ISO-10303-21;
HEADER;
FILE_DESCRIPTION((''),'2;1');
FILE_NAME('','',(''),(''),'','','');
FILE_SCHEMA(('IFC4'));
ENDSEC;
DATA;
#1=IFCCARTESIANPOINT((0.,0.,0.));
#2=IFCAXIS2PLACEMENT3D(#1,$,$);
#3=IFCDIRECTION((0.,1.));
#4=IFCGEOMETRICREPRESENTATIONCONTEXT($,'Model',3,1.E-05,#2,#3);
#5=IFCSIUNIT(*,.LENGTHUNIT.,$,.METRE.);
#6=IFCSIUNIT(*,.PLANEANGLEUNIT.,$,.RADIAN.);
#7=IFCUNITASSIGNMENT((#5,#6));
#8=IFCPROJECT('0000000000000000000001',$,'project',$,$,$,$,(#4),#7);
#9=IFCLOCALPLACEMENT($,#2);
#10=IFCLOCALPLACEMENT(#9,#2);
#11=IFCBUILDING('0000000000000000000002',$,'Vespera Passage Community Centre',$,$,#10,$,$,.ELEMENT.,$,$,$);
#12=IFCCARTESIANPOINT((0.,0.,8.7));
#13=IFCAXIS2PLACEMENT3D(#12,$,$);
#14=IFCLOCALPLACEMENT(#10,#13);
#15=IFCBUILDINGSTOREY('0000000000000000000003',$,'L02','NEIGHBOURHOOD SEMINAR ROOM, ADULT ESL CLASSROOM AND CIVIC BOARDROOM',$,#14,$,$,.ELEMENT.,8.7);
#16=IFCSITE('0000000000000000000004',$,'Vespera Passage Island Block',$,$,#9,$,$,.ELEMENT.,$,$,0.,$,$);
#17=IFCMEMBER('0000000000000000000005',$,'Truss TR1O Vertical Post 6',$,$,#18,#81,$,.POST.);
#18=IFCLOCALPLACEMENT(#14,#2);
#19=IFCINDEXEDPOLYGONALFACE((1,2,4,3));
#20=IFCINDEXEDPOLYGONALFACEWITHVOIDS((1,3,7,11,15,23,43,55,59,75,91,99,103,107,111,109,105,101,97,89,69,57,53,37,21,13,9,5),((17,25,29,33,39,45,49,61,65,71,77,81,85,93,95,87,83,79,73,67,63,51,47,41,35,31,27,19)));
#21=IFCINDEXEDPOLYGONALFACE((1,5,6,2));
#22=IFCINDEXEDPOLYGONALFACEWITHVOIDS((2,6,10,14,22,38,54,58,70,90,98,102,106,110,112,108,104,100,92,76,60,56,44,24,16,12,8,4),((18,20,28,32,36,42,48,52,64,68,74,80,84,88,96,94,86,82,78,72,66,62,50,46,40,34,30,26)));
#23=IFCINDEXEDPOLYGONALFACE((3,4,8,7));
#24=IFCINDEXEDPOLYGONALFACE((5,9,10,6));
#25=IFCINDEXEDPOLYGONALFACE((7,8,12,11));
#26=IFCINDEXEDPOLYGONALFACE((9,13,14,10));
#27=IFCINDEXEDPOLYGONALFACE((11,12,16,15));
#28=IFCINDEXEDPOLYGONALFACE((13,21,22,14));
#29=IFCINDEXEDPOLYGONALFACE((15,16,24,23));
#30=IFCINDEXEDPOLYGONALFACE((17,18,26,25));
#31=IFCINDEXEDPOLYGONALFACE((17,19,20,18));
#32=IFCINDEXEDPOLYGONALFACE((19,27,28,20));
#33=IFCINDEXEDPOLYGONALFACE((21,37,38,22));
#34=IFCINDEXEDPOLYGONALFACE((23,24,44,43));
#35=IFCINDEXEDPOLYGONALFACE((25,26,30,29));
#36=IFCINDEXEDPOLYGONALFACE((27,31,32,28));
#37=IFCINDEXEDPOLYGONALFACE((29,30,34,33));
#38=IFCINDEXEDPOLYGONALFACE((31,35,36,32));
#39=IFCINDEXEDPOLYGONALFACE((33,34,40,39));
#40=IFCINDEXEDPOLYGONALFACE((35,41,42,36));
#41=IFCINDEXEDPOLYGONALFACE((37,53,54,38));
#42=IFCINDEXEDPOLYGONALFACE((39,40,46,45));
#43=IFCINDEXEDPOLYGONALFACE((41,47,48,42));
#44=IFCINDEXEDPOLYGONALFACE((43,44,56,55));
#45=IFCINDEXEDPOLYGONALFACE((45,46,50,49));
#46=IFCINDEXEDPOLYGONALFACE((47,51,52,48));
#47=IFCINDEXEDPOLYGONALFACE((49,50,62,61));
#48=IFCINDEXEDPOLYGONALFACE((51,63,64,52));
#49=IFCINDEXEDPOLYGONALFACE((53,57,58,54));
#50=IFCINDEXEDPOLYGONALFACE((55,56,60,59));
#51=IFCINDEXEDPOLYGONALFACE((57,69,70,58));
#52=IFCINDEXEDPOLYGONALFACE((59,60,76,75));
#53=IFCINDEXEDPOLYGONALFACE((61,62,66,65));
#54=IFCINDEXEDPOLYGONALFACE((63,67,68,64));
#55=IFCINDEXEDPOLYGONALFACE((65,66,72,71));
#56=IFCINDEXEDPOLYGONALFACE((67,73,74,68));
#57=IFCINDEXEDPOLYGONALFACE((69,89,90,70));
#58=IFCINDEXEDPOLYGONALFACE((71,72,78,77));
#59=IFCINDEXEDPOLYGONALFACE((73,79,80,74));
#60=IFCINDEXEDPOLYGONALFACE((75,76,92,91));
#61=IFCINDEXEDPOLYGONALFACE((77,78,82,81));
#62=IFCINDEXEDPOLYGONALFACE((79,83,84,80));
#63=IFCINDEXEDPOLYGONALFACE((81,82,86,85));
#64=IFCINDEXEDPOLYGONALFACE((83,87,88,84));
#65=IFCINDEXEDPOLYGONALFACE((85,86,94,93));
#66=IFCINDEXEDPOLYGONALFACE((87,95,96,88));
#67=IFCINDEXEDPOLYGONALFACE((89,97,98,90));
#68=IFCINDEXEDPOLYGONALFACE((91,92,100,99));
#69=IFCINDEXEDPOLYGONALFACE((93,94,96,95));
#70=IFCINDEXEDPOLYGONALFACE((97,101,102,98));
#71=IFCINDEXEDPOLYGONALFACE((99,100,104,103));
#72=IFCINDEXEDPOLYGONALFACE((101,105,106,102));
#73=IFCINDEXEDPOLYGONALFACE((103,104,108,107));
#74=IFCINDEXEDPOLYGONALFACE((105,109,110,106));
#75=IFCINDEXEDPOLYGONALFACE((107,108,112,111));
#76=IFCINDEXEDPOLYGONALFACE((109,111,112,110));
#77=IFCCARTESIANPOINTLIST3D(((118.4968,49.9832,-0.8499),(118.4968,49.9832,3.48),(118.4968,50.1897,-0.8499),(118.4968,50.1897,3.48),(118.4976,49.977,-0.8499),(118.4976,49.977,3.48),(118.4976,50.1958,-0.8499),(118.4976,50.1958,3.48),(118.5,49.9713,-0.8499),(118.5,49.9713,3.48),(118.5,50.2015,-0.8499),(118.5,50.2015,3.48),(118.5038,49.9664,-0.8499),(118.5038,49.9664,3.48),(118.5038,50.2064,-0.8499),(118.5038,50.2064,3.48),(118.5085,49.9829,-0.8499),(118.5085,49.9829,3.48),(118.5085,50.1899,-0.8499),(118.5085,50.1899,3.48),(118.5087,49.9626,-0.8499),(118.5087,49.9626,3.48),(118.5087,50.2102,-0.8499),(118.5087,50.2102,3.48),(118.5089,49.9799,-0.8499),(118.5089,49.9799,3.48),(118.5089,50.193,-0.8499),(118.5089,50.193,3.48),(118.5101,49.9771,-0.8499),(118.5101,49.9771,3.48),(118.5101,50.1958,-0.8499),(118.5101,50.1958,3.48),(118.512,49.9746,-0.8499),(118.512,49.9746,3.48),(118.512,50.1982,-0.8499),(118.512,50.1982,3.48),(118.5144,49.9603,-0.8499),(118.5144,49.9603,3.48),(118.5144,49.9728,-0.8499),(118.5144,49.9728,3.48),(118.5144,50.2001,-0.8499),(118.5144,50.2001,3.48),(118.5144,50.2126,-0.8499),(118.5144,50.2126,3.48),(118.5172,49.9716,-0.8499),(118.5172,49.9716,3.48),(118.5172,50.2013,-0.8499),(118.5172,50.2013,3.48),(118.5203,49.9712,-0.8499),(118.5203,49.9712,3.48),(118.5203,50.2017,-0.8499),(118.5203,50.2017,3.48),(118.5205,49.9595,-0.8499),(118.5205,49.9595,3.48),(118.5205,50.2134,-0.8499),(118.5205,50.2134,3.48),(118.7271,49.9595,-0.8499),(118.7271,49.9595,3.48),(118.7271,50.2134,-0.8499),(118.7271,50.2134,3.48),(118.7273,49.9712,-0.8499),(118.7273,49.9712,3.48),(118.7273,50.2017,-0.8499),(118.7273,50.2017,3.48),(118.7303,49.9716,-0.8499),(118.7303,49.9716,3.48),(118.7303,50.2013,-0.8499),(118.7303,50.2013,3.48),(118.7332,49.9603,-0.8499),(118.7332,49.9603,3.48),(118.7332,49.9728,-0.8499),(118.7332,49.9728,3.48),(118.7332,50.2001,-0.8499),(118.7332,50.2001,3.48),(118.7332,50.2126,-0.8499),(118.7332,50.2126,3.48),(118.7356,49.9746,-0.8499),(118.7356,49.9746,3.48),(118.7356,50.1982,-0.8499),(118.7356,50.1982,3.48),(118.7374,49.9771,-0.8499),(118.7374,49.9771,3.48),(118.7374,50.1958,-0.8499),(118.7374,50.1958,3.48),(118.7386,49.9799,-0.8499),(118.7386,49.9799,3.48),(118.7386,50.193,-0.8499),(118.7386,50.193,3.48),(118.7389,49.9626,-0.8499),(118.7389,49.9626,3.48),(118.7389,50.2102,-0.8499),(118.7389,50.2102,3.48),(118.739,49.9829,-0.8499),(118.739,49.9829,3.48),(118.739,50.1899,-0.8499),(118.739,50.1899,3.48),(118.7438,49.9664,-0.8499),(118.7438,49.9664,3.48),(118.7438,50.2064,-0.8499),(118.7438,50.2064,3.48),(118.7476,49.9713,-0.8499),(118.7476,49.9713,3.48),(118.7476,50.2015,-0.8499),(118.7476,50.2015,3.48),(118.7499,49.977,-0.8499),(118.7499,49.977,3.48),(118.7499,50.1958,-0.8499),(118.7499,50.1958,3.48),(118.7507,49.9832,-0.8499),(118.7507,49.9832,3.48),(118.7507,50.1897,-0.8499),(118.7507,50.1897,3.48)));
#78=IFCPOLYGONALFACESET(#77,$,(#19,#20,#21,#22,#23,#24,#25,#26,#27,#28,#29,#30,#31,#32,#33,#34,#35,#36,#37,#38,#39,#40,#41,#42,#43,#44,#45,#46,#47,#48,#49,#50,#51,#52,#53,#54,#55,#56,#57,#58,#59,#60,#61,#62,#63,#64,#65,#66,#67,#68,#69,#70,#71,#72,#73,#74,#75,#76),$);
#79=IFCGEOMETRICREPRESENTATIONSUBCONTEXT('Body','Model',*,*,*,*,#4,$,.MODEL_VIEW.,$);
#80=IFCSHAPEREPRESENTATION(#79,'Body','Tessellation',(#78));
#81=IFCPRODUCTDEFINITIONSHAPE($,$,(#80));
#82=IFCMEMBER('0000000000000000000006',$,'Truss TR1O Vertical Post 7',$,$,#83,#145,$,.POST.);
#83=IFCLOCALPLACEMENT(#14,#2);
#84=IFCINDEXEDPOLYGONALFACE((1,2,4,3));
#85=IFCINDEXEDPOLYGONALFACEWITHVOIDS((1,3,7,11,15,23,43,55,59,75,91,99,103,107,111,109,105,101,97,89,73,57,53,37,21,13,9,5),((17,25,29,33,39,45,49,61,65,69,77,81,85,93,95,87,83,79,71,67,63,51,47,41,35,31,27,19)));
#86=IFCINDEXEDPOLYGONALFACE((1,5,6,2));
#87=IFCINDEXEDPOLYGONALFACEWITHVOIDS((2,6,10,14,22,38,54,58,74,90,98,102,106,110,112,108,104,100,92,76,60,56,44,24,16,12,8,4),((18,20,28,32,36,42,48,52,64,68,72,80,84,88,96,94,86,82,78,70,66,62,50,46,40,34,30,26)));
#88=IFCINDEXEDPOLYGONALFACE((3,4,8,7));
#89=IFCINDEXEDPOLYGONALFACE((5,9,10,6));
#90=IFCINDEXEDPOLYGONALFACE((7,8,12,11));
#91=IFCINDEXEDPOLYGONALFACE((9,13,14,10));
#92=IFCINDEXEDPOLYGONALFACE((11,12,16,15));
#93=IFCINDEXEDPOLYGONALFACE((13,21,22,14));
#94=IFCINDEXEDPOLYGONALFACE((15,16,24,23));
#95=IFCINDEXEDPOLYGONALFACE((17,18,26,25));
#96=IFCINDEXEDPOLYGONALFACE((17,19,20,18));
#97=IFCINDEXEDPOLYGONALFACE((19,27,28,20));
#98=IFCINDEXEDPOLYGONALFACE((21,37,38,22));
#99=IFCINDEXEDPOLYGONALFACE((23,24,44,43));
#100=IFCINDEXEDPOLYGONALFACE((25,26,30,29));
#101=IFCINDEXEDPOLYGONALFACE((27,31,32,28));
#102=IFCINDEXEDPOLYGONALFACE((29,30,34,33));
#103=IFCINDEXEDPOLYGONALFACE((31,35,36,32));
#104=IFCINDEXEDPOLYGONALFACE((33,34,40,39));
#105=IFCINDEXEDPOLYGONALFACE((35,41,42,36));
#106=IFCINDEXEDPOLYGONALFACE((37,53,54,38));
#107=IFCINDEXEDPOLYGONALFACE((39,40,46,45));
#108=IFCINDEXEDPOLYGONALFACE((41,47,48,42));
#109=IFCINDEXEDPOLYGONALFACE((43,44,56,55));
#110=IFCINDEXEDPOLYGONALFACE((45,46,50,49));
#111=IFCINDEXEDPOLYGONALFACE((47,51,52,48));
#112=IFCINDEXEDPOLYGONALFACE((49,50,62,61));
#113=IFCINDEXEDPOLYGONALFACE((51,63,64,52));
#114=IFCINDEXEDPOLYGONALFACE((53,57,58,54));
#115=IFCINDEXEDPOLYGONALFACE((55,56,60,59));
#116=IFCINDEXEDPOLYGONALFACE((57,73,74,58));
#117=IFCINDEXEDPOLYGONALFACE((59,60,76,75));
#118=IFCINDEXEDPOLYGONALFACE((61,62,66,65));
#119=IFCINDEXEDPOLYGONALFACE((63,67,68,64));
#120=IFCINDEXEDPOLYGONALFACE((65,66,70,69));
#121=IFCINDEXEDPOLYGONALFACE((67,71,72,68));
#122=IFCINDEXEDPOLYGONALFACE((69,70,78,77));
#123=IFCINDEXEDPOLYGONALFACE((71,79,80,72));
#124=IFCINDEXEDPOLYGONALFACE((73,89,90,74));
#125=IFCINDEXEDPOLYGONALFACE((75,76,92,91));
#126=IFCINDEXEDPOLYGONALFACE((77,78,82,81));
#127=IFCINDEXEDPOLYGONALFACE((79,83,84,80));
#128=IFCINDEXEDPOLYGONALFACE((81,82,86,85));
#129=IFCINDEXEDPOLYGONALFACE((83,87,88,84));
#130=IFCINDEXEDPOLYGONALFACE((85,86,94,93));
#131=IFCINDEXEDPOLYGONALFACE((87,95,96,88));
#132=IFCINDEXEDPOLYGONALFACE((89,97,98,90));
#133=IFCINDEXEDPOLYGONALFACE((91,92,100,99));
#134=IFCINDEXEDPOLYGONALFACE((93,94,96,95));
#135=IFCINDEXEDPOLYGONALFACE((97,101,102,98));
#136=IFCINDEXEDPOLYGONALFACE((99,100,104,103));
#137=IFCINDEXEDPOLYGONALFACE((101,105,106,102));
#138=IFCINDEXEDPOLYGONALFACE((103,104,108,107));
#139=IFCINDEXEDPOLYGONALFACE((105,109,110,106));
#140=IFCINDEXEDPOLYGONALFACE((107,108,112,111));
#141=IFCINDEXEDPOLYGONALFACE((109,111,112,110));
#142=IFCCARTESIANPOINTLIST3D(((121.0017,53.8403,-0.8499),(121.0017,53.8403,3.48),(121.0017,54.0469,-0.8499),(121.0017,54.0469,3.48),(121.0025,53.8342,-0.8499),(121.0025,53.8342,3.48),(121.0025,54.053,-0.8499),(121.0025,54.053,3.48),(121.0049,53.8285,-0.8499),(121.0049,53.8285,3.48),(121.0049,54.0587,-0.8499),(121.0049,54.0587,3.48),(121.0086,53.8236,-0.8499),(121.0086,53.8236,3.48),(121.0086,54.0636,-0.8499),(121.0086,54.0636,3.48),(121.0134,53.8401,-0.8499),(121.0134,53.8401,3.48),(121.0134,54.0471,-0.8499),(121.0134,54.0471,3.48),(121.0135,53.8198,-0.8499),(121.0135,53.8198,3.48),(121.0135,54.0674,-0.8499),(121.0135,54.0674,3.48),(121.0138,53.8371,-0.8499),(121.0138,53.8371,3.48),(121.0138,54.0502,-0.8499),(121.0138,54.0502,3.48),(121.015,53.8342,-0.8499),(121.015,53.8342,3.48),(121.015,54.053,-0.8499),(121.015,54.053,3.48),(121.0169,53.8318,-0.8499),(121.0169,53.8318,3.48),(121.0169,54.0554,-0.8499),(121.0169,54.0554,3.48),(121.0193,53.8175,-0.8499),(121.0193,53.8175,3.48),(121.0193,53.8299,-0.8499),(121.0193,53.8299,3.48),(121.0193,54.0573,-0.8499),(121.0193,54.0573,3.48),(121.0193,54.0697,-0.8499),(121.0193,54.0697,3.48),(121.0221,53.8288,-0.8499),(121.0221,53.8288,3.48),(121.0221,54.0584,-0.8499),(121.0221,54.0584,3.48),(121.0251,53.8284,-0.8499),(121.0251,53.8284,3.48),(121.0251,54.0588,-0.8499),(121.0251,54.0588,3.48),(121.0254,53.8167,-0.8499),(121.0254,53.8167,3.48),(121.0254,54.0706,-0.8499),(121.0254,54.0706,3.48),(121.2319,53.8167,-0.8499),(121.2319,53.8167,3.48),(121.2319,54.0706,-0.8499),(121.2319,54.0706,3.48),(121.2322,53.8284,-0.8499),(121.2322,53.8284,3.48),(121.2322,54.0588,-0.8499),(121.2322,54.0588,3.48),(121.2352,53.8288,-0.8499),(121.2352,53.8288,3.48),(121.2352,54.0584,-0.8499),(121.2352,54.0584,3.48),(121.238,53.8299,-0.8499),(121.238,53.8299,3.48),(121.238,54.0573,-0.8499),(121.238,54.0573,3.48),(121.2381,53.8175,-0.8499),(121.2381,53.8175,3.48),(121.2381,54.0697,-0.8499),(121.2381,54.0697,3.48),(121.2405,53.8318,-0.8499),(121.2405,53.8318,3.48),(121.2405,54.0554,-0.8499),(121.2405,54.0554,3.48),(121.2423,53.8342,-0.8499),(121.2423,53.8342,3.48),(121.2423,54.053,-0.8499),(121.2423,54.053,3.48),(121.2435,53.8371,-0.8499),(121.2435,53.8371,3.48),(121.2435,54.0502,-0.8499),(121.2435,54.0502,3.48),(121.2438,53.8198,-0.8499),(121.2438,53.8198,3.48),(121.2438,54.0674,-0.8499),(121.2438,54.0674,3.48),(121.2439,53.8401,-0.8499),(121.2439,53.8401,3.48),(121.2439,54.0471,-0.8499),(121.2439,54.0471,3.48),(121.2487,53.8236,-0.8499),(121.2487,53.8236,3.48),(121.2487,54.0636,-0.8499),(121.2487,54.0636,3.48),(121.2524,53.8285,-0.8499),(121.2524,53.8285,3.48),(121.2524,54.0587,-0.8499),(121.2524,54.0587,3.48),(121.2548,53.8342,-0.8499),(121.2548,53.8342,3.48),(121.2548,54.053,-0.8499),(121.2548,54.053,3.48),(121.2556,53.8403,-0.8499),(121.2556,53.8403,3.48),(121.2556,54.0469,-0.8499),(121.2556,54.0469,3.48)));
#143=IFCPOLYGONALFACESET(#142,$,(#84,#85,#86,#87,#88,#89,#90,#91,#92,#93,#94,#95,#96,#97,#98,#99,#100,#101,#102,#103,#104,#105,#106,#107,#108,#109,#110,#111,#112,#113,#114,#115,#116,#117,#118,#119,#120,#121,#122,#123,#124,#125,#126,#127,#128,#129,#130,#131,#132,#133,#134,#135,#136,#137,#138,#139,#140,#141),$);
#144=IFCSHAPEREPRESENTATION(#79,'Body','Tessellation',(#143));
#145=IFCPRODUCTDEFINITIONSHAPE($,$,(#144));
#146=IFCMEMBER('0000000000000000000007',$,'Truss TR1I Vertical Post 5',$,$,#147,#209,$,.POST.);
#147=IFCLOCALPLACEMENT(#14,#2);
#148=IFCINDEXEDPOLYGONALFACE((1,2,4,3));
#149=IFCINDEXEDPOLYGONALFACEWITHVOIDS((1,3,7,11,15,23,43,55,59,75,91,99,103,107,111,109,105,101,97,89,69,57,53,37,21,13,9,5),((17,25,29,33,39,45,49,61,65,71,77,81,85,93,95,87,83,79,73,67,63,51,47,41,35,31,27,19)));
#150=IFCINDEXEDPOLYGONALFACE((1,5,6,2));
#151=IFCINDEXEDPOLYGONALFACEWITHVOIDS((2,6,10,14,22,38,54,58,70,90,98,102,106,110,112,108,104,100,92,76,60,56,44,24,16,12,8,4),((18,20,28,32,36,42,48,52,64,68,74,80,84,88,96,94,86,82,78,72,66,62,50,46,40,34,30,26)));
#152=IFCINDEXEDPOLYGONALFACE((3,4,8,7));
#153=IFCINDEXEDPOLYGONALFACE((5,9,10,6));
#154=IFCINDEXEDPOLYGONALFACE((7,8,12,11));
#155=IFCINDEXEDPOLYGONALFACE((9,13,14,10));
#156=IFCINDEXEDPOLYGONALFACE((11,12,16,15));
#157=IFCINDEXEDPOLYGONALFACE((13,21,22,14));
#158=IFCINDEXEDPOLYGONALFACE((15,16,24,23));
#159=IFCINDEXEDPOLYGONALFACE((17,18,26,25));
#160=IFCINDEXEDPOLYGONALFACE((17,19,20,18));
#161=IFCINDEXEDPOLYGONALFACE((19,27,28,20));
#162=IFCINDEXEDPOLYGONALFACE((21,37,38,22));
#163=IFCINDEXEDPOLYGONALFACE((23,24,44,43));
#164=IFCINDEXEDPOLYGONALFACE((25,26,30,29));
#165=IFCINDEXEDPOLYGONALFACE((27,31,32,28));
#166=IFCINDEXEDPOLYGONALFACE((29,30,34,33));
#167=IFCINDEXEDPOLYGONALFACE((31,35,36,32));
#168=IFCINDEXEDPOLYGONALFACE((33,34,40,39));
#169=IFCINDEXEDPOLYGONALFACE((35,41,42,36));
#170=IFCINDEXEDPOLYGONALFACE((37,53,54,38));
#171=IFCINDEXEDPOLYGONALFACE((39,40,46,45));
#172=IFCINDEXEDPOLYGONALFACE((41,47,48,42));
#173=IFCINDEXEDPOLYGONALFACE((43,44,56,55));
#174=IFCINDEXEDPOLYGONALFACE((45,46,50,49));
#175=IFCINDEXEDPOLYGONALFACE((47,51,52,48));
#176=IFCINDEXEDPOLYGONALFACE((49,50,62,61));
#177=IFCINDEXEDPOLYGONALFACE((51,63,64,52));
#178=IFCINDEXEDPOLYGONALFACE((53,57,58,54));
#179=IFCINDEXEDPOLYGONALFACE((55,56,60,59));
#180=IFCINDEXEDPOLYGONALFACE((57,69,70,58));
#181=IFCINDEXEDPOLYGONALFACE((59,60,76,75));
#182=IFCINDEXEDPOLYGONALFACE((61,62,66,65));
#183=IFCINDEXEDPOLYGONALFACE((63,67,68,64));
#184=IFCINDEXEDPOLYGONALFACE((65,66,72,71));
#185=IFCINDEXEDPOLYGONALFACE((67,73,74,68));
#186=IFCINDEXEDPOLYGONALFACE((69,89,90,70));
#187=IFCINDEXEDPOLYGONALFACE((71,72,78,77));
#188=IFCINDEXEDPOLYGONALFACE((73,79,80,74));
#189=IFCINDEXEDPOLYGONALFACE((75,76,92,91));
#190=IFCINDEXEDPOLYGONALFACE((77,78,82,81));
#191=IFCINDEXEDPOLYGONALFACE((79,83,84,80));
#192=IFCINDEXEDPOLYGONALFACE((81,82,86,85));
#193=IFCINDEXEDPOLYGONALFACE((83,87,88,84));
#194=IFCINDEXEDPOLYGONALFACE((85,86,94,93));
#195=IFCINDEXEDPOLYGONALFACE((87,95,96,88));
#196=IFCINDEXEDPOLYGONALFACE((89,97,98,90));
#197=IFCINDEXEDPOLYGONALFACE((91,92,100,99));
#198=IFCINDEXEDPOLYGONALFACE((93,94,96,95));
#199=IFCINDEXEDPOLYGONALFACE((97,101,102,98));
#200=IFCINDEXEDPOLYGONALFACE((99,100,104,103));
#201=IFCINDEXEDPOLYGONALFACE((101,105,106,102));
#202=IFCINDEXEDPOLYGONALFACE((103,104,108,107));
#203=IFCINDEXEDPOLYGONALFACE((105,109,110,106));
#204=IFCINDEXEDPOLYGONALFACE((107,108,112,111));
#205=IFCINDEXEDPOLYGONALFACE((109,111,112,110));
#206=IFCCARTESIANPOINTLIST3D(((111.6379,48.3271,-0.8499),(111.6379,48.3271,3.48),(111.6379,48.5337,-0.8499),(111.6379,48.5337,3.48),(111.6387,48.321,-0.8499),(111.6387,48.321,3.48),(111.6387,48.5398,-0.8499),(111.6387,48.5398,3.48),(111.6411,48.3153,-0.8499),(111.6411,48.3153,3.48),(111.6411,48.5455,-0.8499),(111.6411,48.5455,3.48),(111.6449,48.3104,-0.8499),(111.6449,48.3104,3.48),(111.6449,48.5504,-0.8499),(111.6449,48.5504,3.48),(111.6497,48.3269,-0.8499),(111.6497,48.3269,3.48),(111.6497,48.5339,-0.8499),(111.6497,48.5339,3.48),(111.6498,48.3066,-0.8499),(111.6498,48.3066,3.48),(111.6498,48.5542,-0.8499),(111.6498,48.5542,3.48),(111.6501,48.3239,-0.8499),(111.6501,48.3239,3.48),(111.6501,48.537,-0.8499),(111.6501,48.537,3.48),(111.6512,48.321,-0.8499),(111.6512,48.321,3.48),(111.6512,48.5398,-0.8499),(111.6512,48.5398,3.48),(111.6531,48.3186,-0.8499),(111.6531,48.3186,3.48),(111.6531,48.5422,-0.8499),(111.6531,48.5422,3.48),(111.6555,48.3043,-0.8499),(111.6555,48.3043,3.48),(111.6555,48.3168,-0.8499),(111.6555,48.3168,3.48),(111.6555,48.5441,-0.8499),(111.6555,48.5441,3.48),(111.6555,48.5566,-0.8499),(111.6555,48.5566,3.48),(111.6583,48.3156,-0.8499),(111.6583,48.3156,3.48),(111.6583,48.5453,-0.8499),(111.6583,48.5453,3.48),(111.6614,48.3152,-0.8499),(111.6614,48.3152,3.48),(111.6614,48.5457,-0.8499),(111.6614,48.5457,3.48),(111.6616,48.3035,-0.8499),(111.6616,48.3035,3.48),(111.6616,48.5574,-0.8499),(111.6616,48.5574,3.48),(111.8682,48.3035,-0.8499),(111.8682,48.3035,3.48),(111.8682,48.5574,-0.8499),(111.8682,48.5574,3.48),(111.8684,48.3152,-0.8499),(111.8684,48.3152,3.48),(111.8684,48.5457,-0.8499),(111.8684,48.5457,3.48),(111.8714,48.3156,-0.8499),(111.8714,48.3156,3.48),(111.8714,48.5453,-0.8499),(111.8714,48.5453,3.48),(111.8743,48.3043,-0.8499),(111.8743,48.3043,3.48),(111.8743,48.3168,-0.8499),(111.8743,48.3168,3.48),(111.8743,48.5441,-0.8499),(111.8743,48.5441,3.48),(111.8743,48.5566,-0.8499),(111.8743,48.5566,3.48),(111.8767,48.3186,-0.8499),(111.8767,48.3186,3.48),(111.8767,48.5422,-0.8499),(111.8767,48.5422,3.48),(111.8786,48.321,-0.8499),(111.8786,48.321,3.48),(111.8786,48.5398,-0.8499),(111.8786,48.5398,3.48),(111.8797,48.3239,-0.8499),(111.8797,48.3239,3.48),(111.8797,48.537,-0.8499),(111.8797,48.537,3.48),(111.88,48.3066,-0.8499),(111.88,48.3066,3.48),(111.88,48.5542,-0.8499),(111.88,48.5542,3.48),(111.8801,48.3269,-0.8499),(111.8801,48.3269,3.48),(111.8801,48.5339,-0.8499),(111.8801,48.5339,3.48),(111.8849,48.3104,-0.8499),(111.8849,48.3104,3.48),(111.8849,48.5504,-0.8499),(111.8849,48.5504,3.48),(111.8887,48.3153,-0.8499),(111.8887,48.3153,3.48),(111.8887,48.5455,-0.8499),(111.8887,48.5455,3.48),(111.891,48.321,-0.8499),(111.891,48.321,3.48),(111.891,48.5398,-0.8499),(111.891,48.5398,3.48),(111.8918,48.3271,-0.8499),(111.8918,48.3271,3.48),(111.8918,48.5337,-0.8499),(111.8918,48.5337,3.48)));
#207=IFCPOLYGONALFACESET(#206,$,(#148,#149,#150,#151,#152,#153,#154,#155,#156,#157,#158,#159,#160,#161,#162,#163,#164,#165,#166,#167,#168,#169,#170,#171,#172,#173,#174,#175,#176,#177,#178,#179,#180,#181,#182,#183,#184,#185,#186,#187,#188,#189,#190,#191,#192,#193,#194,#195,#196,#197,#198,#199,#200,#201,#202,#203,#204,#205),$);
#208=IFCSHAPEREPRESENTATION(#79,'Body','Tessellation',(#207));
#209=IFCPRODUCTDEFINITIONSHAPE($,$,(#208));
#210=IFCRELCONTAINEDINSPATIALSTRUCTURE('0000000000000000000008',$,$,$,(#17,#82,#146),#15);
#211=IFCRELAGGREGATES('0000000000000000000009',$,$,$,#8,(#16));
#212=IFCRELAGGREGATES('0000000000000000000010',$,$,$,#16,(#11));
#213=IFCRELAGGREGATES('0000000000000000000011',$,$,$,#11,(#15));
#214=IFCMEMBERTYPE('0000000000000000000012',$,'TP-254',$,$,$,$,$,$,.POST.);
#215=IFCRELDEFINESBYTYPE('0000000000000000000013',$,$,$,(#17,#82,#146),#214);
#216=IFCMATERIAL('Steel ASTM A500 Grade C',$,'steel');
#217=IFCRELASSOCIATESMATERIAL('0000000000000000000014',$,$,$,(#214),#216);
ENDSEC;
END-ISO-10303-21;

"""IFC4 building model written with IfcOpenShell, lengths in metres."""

from ifc_helpers import new_model, si_unit, direction, frame, origin, origin_2d, place, context, subcontext, project, spatial, hollow_rectangle, extrude, material, material_profile, profile_set, type_object, element, save


model = new_model("IFC4")

# Units and contexts
model_context = context("Model", 3, precision=1e-05, world=origin(), true_north=direction((0.0, 1.0)))
body_context = subcontext(model_context, "Body", "Model", "MODEL_VIEW")
ifc_project = project(units=[si_unit("LENGTHUNIT", "METRE"), si_unit("PLANEANGLEUNIT", "RADIAN")], contexts=[model_context])

# Site, building, storey
site_placement = place(None, origin())
site = spatial("IfcSite", under=ifc_project, at=site_placement, Name="Vespera Passage Island Block", CompositionType="ELEMENT", RefElevation=0.0)
building_placement = place(site_placement, origin())
building = spatial("IfcBuilding", under=site, at=building_placement, Name="Vespera Passage Community Centre", CompositionType="ELEMENT")
storey_placement = place(building_placement, frame((0.0, 0.0, 8.7)))
storey = spatial("IfcBuildingStorey", under=building, at=storey_placement, Name="L02", Description="NEIGHBOURHOOD SEMINAR ROOM, ADULT ESL CLASSROOM AND CIVIC BOARDROOM", CompositionType="ELEMENT", Elevation=8.7)

# Members
ifc_material_1 = material(Name="Steel ASTM A500 Grade C", Category="steel")
ifc_material_profile_1 = material_profile(ifc_material_1, hollow_rectangle(XDim=0.2539, YDim=0.2539, WallThickness=0.0117, InnerFilletRadius=0.0117, OuterFilletRadius=0.0237, at=origin_2d()), Name="HSS254X254X12.7")
ifc_profile_set_1 = profile_set([ifc_material_profile_1], Name="Steel ASTM A500 Grade C")
member_type_1 = type_object("IfcMemberType", Name="TP-254", PredefinedType="POST", material=ifc_profile_set_1)
for number, where, z_axis, x_axis, name in (
    (1, (118.6238, 50.0864, -0.8499), (0.0, 0.0, 1.0), (1.0, 0.0, 0.0), "Truss TR1O Vertical Post 6"),
    (2, (121.1287, 53.9436, -0.8499), (0.0, 0.0, 1.0), (1.0, 0.0, 0.0), "Truss TR1O Vertical Post 7"),
    (3, (111.7649, 48.4304, -0.8499), (0.0, 0.0, 1.0), (1.0, 0.0, 0.0), "Truss TR1I Vertical Post 5"),
):
    element("IfcMember", number, at=place(storey_placement, frame(where, z_axis=z_axis, x_axis=x_axis)), inside=storey, type_object=member_type_1, Name=name, PredefinedType="POST", context=body_context, shape_type="SweptSolid", body=[
        extrude(hollow_rectangle(XDim=0.2539, YDim=0.2539, WallThickness=0.0117, InnerFilletRadius=0.0117, OuterFilletRadius=0.0237, at=origin_2d()), origin(), (0.0, 0.0, 1.0), 4.3298),
    ])

save(model, "model.ifc")
